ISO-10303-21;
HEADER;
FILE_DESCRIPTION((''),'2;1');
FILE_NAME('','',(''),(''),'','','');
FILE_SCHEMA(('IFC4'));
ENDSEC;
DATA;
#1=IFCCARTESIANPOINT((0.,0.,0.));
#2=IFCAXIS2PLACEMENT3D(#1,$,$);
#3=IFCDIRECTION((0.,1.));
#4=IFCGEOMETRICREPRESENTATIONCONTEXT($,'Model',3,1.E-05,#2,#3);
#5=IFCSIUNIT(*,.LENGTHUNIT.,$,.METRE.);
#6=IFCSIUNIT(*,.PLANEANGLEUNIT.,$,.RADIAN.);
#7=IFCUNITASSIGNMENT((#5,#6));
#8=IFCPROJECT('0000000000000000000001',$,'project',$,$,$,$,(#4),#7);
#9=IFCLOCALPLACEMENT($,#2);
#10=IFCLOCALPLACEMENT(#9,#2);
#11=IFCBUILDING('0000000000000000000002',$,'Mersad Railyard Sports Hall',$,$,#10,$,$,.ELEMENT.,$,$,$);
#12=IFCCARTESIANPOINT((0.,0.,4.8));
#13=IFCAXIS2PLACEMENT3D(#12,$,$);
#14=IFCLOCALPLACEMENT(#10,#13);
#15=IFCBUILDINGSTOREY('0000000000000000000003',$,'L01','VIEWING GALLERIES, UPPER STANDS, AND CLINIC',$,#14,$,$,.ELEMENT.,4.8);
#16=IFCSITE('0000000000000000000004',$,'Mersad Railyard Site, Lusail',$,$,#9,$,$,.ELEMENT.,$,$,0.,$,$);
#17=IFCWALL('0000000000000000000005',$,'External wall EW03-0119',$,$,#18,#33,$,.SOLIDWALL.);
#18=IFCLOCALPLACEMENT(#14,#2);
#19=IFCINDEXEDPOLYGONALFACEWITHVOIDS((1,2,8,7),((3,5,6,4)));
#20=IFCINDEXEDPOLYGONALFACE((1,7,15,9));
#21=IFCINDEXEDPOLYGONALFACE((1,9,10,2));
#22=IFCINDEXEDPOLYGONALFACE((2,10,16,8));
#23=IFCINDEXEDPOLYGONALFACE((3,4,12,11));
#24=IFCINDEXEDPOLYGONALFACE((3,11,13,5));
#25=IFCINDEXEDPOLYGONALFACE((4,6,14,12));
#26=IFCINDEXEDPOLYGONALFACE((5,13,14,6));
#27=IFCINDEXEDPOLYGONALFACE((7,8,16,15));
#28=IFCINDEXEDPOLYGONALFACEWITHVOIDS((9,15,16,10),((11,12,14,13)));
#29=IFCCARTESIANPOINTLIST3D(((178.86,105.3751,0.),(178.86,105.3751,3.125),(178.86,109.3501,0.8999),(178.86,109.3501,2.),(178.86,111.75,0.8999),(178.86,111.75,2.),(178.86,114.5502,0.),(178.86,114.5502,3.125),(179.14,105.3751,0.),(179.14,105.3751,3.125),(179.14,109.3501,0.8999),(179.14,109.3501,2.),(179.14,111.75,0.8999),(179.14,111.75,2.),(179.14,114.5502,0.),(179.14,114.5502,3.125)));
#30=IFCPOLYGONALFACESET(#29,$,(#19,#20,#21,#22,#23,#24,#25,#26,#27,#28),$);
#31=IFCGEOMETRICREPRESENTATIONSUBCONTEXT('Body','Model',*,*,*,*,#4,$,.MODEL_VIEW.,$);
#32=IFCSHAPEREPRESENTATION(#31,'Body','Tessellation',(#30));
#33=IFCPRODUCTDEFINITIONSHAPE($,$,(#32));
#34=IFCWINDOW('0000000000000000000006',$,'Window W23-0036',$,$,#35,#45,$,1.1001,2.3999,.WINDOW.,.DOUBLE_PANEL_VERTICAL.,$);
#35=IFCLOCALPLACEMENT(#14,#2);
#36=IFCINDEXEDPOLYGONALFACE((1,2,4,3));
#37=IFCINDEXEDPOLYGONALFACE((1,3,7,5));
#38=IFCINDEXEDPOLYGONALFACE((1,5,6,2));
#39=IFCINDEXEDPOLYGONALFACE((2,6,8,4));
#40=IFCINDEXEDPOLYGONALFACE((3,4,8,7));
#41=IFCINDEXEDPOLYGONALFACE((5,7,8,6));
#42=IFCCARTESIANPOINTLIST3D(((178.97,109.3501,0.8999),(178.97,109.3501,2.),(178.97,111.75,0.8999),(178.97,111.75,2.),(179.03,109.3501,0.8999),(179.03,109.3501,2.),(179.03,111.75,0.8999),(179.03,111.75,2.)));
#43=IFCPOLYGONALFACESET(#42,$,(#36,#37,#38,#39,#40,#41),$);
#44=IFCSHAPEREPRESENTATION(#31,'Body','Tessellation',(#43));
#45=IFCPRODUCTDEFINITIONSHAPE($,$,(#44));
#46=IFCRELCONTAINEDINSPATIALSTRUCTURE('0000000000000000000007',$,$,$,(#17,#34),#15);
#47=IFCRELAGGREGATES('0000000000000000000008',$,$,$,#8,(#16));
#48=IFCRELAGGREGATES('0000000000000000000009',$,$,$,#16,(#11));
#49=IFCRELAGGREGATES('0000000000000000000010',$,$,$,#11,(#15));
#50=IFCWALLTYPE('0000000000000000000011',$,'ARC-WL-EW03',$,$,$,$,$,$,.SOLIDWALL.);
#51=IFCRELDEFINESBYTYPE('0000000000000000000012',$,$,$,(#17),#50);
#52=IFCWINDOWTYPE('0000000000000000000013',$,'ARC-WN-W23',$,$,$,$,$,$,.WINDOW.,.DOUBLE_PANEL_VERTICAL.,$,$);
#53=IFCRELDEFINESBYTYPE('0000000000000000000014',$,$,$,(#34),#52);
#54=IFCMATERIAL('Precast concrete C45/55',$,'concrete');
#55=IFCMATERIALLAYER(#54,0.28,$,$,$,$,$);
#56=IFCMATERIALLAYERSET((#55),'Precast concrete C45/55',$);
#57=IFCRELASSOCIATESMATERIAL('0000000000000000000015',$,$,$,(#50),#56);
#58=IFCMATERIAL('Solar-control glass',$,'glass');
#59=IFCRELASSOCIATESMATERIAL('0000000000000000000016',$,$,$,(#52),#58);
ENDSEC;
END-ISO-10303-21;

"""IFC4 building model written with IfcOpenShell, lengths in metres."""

from ifc_helpers import new_model, si_unit, direction, frame, frame_2d, origin, place, context, subcontext, project, spatial, rectangle, extrude, material, layer, layer_set, type_object, element, fill, save


model = new_model("IFC4")

# Units and contexts
model_context = context("Model", 3, precision=1e-05, world=origin(), true_north=direction((0.0, 1.0)))
body_context = subcontext(model_context, "Body", "Model", "MODEL_VIEW")
ifc_project = project(units=[si_unit("LENGTHUNIT", "METRE"), si_unit("PLANEANGLEUNIT", "RADIAN")], contexts=[model_context])

# Site, building, storey
site_placement = place(None, origin())
site = spatial("IfcSite", under=ifc_project, at=site_placement, Name="Mersad Railyard Site, Lusail", CompositionType="ELEMENT", RefElevation=0.0)
building_placement = place(site_placement, origin())
building = spatial("IfcBuilding", under=site, at=building_placement, Name="Mersad Railyard Sports Hall", CompositionType="ELEMENT")
storey_placement = place(building_placement, frame((0.0, 0.0, 4.8)))
storey = spatial("IfcBuildingStorey", under=building, at=storey_placement, Name="L01", Description="VIEWING GALLERIES, UPPER STANDS, AND CLINIC", CompositionType="ELEMENT", Elevation=4.8)

# Shared definitions
ifc_material_1 = material(Name="Solar-control glass", Category="glass")

# Wall, opening, window
ifc_material_2 = material(Name="Precast concrete C45/55", Category="concrete")
ifc_layer_1 = layer(ifc_material_2, 0.28)
ifc_layer_set_1 = layer_set([ifc_layer_1], Name="Precast concrete C45/55")
wall_type = type_object("IfcWallType", Name="ARC-WL-EW03", PredefinedType="SOLIDWALL", material=ifc_layer_set_1)
wall_1_placement = place(storey_placement, frame((179.0, 114.55, 0.0), z_axis=(0.0, 0.0, 1.0), x_axis=(0.0, -1.0, 0.0)))
wall_1 = element("IfcWall", 1, at=wall_1_placement, inside=storey, type_object=wall_type, Name="External wall EW03-0119", PredefinedType="SOLIDWALL", context=body_context, shape_type="SweptSolid", body=[
    extrude(rectangle(XDim=9.175, YDim=0.28, at=frame_2d((4.5874, 0.0))), origin(), (0.0, 0.0, 1.0), 3.125),
])
opening_1_placement = place(wall_1_placement, frame((2.8, 0.0, 0.8999)))
opening_1 = element("IfcOpeningElement", 2, at=opening_1_placement, cuts=wall_1, PredefinedType="OPENING", context=body_context, shape_type="SweptSolid", body=[
    extrude(rectangle(XDim=2.3999, YDim=1.1001, at=frame_2d((1.2, 0.55))), frame((0.0, 0.1499, 0.0), z_axis=(0.0, -1.0, 0.0), x_axis=(1.0, 0.0, 0.0)), (0.0, 0.0, 1.0), 0.3),
])
window_type_1 = type_object("IfcWindowType", Name="ARC-WN-W23", PartitioningType="DOUBLE_PANEL_VERTICAL", PredefinedType="WINDOW", material=ifc_material_1)
window_1_placement = place(opening_1_placement, origin())
window_1 = element("IfcWindow", 3, at=window_1_placement, inside=storey, type_object=window_type_1, Name="Window W23-0036", OverallHeight=1.1001, OverallWidth=2.3999, PartitioningType="DOUBLE_PANEL_VERTICAL", PredefinedType="WINDOW", context=body_context, shape_type="SweptSolid", body=[
    extrude(rectangle(XDim=2.3999, YDim=1.1001, at=frame_2d((1.2, 0.55))), frame((0.0, 0.03, 0.0), z_axis=(0.0, -1.0, 0.0), x_axis=(1.0, 0.0, 0.0)), (0.0, 0.0, 1.0), 0.0601),
])
fill(opening_1, window_1)

save(model, "model.ifc")
